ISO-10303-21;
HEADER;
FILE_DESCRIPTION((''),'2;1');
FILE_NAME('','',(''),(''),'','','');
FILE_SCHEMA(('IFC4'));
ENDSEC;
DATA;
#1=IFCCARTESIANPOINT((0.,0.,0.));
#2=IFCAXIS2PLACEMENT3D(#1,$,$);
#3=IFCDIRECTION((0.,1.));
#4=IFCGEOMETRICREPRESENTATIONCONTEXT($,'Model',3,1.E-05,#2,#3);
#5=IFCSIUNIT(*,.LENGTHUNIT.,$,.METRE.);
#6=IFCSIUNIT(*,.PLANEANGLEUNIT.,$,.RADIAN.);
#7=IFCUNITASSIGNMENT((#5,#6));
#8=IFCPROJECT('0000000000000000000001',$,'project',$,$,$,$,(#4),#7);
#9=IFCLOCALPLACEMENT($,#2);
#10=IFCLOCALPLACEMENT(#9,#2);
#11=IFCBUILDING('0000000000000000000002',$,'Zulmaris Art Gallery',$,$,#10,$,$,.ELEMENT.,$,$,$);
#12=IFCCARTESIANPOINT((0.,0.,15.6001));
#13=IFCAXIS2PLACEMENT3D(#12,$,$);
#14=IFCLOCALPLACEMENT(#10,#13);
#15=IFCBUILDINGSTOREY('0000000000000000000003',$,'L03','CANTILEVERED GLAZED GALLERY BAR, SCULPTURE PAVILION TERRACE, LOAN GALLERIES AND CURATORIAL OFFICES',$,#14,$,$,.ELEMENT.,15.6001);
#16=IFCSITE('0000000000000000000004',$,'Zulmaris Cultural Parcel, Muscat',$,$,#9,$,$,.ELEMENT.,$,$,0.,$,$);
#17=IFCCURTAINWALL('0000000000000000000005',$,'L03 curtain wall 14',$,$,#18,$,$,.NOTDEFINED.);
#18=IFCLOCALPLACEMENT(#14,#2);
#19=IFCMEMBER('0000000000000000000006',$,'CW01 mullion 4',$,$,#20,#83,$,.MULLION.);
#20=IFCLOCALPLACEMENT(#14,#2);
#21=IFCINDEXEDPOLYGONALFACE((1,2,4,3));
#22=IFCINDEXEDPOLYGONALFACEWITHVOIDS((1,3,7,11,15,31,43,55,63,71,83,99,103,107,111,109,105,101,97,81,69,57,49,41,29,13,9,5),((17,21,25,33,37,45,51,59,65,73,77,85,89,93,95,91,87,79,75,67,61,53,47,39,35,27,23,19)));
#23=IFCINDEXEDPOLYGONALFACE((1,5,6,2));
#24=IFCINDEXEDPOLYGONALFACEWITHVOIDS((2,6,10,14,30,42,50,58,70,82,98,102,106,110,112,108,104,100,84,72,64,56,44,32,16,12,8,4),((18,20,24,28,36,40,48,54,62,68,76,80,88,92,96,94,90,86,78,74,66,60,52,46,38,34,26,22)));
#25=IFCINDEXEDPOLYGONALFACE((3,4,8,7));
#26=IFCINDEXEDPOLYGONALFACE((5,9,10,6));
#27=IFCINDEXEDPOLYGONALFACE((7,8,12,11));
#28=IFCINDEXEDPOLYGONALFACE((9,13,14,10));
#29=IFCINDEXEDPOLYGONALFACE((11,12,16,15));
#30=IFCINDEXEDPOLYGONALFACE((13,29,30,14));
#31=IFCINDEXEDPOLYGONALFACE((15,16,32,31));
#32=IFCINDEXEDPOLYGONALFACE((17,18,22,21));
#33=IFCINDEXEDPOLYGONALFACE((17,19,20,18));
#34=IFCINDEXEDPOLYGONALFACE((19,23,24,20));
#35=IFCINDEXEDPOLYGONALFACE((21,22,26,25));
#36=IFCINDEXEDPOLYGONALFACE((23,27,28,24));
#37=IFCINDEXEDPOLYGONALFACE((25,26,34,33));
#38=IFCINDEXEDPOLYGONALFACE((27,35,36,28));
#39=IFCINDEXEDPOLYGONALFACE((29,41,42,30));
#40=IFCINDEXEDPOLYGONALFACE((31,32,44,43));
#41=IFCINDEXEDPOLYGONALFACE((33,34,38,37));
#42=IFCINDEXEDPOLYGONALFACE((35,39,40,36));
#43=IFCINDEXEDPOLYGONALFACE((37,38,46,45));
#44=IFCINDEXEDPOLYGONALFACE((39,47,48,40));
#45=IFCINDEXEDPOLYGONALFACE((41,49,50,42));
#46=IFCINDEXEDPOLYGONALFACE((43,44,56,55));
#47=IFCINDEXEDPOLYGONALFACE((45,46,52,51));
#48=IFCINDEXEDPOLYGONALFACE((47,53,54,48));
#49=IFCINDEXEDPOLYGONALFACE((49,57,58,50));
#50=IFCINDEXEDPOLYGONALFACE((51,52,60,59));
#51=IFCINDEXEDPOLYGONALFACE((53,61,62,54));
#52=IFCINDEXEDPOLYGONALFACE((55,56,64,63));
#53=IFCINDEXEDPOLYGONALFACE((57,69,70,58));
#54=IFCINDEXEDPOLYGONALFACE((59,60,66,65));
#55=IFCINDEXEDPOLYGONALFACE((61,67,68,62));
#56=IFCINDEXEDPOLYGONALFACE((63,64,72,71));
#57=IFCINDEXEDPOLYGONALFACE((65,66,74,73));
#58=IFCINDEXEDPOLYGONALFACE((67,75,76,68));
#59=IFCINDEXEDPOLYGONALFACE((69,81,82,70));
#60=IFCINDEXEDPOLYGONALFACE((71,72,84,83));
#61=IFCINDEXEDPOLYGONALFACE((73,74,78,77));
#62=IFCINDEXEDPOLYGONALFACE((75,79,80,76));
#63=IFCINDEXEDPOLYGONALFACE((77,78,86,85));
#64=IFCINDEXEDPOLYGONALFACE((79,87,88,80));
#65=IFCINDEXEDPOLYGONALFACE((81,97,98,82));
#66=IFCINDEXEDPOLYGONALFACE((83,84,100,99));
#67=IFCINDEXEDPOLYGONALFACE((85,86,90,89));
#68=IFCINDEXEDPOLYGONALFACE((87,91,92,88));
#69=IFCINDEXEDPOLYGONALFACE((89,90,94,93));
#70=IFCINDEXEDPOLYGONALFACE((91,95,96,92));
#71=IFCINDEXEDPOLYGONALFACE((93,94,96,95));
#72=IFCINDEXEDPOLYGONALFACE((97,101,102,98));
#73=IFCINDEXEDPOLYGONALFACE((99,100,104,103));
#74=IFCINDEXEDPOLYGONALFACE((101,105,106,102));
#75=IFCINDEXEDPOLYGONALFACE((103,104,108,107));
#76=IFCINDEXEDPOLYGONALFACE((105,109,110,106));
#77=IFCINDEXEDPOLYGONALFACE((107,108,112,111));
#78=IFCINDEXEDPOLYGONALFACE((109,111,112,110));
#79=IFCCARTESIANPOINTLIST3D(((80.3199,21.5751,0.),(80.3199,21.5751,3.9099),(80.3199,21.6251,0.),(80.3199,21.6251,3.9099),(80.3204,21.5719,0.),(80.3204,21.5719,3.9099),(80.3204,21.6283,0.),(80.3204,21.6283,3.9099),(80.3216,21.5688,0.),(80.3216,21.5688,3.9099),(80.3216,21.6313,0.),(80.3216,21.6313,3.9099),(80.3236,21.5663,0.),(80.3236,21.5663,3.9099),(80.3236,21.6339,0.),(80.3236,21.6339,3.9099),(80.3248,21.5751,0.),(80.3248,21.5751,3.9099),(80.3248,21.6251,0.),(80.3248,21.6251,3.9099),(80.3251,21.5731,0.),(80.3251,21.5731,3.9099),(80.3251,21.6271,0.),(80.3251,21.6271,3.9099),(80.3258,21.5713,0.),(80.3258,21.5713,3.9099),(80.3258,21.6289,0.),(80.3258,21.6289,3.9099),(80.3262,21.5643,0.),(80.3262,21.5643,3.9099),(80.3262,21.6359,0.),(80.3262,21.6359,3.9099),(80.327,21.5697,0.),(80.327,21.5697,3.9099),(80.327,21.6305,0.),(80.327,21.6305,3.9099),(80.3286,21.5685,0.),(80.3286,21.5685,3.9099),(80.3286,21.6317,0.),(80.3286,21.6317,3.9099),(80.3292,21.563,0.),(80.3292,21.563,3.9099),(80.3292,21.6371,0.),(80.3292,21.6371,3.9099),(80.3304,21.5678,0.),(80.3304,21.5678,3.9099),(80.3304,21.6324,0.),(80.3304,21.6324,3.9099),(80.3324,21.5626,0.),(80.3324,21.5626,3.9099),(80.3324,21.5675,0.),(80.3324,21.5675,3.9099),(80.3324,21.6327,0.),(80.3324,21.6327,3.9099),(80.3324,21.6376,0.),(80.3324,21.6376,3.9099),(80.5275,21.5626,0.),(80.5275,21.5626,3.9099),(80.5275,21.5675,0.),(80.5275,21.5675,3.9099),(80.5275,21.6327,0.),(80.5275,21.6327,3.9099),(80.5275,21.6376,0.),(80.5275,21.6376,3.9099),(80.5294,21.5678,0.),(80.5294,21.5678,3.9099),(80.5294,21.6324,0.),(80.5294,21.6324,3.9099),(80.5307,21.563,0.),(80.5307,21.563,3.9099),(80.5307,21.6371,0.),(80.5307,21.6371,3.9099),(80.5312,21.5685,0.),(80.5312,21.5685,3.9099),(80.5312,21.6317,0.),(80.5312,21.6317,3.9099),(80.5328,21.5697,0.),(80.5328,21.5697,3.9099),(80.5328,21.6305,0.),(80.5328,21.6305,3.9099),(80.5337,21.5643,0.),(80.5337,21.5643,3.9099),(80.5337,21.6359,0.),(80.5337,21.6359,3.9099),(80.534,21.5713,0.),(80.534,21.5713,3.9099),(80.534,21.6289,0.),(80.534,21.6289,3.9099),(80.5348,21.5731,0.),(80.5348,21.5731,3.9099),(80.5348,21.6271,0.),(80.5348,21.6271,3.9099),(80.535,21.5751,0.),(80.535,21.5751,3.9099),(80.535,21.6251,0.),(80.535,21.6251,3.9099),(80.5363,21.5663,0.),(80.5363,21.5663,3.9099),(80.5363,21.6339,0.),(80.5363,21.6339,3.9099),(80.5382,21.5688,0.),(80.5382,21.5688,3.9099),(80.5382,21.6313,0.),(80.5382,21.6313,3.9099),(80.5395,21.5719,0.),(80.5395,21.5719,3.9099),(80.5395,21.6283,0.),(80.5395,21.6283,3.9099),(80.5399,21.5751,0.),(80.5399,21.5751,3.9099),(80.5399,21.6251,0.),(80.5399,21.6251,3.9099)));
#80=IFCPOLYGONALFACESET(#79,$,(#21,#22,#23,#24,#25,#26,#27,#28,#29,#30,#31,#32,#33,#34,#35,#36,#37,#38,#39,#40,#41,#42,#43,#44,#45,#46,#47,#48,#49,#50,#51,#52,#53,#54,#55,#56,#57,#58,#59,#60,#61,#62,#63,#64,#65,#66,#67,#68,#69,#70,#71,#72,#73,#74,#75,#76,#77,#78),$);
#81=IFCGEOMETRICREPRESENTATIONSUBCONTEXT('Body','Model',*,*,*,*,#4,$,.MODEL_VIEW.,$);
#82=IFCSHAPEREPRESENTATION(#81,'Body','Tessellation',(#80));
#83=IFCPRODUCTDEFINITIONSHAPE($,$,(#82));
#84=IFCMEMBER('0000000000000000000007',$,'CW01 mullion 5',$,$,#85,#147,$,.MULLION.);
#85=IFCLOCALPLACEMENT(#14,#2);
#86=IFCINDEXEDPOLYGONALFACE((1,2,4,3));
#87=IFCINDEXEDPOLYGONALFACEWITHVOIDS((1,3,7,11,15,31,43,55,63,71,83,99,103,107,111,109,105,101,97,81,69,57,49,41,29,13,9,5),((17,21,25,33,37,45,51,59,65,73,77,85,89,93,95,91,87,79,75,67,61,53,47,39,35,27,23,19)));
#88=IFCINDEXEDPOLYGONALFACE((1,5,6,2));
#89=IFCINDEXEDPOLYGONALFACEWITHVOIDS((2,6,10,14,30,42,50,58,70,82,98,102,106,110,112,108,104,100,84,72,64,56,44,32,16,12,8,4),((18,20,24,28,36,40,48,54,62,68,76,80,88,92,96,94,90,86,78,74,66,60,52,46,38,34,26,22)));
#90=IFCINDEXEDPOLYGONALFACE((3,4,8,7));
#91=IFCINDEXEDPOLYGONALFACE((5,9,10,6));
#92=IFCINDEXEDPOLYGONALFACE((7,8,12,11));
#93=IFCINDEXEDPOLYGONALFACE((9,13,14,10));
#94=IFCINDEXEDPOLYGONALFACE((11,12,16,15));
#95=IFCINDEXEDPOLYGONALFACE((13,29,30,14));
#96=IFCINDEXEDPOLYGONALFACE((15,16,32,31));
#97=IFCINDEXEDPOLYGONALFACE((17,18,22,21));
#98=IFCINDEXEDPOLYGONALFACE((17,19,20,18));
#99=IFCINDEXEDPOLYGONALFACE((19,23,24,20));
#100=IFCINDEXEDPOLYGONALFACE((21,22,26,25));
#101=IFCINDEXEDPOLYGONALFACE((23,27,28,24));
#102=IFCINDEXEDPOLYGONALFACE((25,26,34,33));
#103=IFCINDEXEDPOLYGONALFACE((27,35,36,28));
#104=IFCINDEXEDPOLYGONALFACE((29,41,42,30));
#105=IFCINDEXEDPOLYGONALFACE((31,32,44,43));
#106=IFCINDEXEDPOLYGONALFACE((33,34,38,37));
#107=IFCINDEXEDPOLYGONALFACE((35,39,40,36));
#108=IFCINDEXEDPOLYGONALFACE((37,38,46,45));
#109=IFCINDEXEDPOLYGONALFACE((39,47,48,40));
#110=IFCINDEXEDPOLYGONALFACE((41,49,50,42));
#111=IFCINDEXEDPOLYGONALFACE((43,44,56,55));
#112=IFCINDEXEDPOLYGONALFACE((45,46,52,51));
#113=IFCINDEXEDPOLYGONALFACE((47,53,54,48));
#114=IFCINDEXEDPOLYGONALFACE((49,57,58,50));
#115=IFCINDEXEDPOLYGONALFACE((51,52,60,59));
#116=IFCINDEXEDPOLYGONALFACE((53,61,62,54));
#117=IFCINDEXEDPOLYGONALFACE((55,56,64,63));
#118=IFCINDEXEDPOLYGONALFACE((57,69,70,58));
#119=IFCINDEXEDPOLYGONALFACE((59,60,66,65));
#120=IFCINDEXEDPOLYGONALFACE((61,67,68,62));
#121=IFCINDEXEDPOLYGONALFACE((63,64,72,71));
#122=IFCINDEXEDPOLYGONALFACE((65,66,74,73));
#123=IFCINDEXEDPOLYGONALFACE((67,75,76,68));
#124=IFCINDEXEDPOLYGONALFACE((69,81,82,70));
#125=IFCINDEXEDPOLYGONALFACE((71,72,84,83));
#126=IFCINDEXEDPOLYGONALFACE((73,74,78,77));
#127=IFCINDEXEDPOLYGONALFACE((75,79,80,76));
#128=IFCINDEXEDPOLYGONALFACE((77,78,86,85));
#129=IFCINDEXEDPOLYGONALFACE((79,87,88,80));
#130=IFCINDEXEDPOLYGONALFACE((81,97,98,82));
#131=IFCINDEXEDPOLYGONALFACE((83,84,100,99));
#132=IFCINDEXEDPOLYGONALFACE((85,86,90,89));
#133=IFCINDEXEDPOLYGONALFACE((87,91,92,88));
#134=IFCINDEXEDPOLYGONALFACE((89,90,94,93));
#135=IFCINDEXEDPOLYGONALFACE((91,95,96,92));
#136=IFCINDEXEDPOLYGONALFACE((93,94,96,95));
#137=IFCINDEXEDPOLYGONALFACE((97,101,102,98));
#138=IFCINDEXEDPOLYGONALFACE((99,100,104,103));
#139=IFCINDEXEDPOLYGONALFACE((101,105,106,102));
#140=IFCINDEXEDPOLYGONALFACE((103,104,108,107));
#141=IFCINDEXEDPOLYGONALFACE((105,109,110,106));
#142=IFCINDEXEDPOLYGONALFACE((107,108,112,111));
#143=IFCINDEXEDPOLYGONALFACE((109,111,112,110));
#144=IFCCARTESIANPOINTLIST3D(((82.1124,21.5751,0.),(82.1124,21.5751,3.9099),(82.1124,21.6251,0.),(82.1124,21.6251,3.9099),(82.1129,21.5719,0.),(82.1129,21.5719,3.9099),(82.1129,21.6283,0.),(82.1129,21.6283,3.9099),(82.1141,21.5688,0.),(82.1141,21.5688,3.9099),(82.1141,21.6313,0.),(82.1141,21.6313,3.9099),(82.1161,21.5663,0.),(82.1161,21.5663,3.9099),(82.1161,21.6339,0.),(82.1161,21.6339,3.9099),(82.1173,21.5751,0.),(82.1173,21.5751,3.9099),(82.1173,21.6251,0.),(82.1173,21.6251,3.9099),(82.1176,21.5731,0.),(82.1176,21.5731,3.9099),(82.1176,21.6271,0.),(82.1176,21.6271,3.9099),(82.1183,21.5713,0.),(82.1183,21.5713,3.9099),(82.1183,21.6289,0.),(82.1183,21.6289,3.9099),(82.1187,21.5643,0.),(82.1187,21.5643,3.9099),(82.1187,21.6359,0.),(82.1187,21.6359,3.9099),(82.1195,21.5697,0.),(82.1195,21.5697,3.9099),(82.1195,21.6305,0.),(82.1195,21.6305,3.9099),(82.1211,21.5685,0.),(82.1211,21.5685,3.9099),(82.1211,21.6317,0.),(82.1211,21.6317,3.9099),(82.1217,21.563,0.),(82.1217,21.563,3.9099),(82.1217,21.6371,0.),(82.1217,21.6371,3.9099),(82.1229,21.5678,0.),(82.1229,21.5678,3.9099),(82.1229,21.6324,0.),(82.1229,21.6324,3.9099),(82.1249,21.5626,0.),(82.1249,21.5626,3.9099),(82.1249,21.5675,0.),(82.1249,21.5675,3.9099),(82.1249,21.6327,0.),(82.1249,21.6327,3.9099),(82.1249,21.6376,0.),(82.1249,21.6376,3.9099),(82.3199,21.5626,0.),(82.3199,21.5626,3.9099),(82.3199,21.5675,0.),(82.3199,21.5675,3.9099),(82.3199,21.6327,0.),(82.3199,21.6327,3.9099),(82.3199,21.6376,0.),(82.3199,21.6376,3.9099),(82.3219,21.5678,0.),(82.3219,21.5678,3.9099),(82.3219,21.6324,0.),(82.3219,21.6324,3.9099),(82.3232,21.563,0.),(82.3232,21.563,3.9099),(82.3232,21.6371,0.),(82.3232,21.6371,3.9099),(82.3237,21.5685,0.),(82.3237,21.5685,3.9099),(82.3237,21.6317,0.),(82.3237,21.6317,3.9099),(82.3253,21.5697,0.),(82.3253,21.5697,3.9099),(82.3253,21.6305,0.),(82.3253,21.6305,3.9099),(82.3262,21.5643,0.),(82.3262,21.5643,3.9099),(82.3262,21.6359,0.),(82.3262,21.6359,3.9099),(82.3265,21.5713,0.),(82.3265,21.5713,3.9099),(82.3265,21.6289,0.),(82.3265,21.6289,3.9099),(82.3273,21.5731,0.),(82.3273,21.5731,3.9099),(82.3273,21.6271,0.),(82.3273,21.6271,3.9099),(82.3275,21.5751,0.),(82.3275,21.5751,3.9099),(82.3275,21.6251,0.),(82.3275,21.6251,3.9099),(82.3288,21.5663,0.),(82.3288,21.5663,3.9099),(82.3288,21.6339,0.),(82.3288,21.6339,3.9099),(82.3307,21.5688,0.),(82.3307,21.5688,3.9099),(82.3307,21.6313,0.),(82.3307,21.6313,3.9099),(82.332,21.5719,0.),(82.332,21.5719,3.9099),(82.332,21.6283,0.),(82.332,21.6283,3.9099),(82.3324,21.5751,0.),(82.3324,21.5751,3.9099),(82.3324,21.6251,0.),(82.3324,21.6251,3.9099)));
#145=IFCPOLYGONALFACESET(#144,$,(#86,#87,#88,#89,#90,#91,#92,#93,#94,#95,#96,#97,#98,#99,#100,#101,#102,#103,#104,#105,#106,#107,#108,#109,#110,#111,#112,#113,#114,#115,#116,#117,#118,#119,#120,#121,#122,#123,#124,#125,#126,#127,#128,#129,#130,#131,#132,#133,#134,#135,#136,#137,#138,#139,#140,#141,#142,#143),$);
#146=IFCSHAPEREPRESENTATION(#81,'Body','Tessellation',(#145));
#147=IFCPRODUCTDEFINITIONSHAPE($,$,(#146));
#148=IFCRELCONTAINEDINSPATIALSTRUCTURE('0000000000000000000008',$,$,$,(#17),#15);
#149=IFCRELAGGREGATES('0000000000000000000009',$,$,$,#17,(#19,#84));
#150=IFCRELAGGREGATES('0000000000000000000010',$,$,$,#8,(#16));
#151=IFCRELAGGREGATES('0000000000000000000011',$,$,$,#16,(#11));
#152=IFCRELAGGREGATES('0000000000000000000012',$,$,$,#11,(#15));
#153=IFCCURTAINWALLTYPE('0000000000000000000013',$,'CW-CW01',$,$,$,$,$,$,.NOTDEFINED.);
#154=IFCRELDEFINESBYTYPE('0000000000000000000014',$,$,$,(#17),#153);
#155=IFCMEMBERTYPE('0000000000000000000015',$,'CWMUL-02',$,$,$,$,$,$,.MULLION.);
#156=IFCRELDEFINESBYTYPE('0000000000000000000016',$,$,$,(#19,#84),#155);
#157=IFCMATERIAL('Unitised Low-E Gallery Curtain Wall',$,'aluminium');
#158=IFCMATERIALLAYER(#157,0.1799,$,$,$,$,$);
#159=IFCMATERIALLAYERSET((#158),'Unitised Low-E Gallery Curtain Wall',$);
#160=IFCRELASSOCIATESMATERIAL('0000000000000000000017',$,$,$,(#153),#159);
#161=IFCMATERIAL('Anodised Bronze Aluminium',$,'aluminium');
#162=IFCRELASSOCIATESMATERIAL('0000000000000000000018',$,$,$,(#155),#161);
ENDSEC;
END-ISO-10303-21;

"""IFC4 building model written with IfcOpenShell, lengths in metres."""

from ifc_helpers import new_model, si_unit, direction, frame, origin, origin_2d, place, context, subcontext, project, spatial, hollow_rectangle, extrude, material, layer, layer_set, material_profile, profile_set, type_object, element, aggregate, save


model = new_model("IFC4")

# Units and contexts
model_context = context("Model", 3, precision=1e-05, world=origin(), true_north=direction((0.0, 1.0)))
body_context = subcontext(model_context, "Body", "Model", "MODEL_VIEW")
ifc_project = project(units=[si_unit("LENGTHUNIT", "METRE"), si_unit("PLANEANGLEUNIT", "RADIAN")], contexts=[model_context])

# Site, building, storey
site_placement = place(None, origin())
site = spatial("IfcSite", under=ifc_project, at=site_placement, Name="Zulmaris Cultural Parcel, Muscat", CompositionType="ELEMENT", RefElevation=0.0)
building_placement = place(site_placement, origin())
building = spatial("IfcBuilding", under=site, at=building_placement, Name="Zulmaris Art Gallery", CompositionType="ELEMENT")
storey_placement = place(building_placement, frame((0.0, 0.0, 15.6001)))
storey = spatial("IfcBuildingStorey", under=building, at=storey_placement, Name="L03", Description="CANTILEVERED GLAZED GALLERY BAR, SCULPTURE PAVILION TERRACE, LOAN GALLERIES AND CURATORIAL OFFICES", CompositionType="ELEMENT", Elevation=15.6001)

# Curtain wall, members
ifc_material_1 = material(Name="Unitised Low-E Gallery Curtain Wall", Category="aluminium")
ifc_layer_1 = layer(ifc_material_1, 0.1799)
ifc_layer_set_1 = layer_set([ifc_layer_1], Name="Unitised Low-E Gallery Curtain Wall")
curtain_wall_type_1 = type_object("IfcCurtainWallType", Name="CW-CW01", PredefinedType="NOTDEFINED", material=ifc_layer_set_1)
curtain_wall_1_placement = place(storey_placement, origin())
curtain_wall_1 = element("IfcCurtainWall", 1, at=curtain_wall_1_placement, inside=storey, type_object=curtain_wall_type_1, Name="L03 curtain wall 14", PredefinedType="NOTDEFINED")
ifc_material_2 = material(Name="Anodised Bronze Aluminium", Category="aluminium")
ifc_material_profile_1 = material_profile(ifc_material_2, hollow_rectangle(XDim=0.075, YDim=0.22, WallThickness=0.0049, InnerFilletRadius=0.0076, OuterFilletRadius=0.0125, at=origin_2d()), Name="ALU 75x220x5")
ifc_profile_set_1 = profile_set([ifc_material_profile_1], Name="Anodised Bronze Aluminium")
member_type_1 = type_object("IfcMemberType", Name="CWMUL-02", PredefinedType="MULLION", material=ifc_profile_set_1)
member_1_placement = place(storey_placement, frame((80.4299, 21.6001, 0.0), z_axis=(0.0, 0.0, 1.0), x_axis=(0.0, 1.0, 0.0)))
member_1 = element("IfcMember", 2, at=member_1_placement, type_object=member_type_1, Name="CW01 mullion 4", PredefinedType="MULLION", context=body_context, shape_type="SweptSolid", body=[
    extrude(hollow_rectangle(XDim=0.075, YDim=0.22, WallThickness=0.0049, InnerFilletRadius=0.0076, OuterFilletRadius=0.0125, at=origin_2d()), origin(), (0.0, 0.0, 1.0), 3.9099),
])
member_2_placement = place(storey_placement, frame((82.2224, 21.6001, 0.0), z_axis=(0.0, 0.0, 1.0), x_axis=(0.0, 1.0, 0.0)))
member_2 = element("IfcMember", 3, at=member_2_placement, type_object=member_type_1, Name="CW01 mullion 5", PredefinedType="MULLION", context=body_context, shape_type="SweptSolid", body=[
    extrude(hollow_rectangle(XDim=0.075, YDim=0.22, WallThickness=0.0049, InnerFilletRadius=0.0076, OuterFilletRadius=0.0125, at=origin_2d()), origin(), (0.0, 0.0, 1.0), 3.9099),
])

aggregate(curtain_wall_1, [member_1, member_2])

save(model, "model.ifc")
